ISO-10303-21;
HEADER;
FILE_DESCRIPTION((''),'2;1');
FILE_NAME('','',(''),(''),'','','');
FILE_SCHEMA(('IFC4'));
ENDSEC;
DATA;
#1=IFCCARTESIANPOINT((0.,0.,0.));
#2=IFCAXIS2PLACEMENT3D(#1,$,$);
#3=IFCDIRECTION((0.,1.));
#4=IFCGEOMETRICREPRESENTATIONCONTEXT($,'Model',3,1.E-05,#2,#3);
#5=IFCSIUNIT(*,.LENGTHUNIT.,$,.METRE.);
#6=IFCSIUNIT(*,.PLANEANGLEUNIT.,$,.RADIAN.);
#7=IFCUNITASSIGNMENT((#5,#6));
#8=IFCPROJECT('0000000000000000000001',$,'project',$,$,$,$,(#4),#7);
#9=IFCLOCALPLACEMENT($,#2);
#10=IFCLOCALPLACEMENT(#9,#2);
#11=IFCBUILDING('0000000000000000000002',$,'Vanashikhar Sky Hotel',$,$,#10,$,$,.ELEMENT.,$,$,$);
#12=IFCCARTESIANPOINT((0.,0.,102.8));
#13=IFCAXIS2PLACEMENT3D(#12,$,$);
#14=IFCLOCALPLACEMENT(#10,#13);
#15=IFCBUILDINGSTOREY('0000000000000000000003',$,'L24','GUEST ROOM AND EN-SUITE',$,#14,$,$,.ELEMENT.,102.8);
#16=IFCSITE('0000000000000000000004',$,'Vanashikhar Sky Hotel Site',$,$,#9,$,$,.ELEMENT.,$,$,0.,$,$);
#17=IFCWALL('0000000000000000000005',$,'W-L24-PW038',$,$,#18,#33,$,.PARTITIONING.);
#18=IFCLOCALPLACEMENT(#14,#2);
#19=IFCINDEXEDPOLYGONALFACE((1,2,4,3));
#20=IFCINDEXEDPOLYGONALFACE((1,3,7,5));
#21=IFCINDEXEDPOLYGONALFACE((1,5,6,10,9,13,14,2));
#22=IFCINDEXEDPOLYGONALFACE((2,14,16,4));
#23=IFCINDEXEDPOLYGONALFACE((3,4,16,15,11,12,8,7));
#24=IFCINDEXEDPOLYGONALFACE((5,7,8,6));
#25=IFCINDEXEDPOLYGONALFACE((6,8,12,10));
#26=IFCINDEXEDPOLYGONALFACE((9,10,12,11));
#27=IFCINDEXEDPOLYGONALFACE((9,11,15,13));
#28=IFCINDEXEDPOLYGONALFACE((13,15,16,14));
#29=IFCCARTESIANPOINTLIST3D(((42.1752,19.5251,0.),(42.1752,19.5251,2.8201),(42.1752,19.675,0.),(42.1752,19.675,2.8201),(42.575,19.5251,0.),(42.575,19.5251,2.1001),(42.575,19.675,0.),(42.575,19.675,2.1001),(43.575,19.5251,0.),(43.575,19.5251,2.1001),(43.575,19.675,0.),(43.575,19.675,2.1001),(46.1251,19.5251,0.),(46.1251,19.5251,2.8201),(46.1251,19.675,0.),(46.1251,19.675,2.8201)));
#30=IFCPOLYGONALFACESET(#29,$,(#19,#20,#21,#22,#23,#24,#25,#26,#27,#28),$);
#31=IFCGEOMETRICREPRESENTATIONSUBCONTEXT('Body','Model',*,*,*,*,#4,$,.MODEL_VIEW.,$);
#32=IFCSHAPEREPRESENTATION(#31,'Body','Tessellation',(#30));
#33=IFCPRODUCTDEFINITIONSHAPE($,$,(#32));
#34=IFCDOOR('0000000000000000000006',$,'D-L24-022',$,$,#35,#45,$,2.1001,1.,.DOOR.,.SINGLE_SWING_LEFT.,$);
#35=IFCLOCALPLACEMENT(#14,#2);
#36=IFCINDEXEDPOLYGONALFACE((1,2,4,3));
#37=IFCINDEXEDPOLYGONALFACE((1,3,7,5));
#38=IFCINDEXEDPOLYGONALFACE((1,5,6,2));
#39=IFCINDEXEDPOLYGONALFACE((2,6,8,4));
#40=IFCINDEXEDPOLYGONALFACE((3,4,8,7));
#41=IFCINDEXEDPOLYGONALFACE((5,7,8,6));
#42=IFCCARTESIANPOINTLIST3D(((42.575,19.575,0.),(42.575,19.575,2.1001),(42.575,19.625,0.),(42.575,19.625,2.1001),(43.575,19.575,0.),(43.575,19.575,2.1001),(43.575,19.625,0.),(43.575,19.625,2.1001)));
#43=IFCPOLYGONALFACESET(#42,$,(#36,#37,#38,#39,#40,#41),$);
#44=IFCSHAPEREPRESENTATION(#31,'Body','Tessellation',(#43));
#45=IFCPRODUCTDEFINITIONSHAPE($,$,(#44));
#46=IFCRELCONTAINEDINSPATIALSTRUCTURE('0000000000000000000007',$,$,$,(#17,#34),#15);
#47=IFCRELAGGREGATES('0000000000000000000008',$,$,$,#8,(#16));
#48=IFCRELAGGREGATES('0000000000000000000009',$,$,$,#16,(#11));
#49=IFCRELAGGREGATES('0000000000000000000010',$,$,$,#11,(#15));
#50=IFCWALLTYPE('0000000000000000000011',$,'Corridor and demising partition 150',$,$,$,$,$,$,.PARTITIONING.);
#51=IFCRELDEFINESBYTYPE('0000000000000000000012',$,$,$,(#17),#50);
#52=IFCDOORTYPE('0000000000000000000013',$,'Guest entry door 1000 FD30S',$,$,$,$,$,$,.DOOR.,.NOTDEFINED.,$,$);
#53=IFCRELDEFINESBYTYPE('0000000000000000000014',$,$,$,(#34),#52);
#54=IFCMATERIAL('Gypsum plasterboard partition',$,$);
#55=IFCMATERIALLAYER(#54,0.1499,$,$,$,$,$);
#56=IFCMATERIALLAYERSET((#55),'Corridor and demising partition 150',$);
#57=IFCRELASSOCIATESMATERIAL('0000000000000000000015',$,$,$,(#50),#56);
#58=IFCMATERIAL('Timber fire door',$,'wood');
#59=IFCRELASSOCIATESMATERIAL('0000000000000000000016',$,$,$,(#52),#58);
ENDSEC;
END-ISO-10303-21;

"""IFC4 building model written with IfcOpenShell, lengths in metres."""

from ifc_helpers import new_model, si_unit, direction, frame, frame_2d, origin, place, context, subcontext, project, spatial, rectangle, extrude, source, transform, mapped, material, layer, layer_set, type_object, element, fill, save


model = new_model("IFC4")

# Units and contexts
model_context = context("Model", 3, precision=1e-05, world=origin(), true_north=direction((0.0, 1.0)))
body_context = subcontext(model_context, "Body", "Model", "MODEL_VIEW")
ifc_project = project(units=[si_unit("LENGTHUNIT", "METRE"), si_unit("PLANEANGLEUNIT", "RADIAN")], contexts=[model_context])

# Site, building, storey
site_placement = place(None, origin())
site = spatial("IfcSite", under=ifc_project, at=site_placement, Name="Vanashikhar Sky Hotel Site", CompositionType="ELEMENT", RefElevation=0.0)
building_placement = place(site_placement, origin())
building = spatial("IfcBuilding", under=site, at=building_placement, Name="Vanashikhar Sky Hotel", CompositionType="ELEMENT")
storey_placement = place(building_placement, frame((0.0, 0.0, 102.8)))
storey = spatial("IfcBuildingStorey", under=building, at=storey_placement, Name="L24", Description="GUEST ROOM AND EN-SUITE", CompositionType="ELEMENT", Elevation=102.8)

# Wall, opening, door
ifc_material_1 = material(Name="Gypsum plasterboard partition")
ifc_layer_1 = layer(ifc_material_1, 0.1499)
ifc_layer_set_1 = layer_set([ifc_layer_1], Name="Corridor and demising partition 150")
wall_type_1 = type_object("IfcWallType", Name="Corridor and demising partition 150", PredefinedType="PARTITIONING", material=ifc_layer_set_1)
shared_shape_1 = source(origin(), body_context, "Body", "SweptSolid", [
    extrude(rectangle(XDim=1.0, YDim=2.1001, at=frame_2d((0.5, 1.05))), frame((0.0, 0.085, 0.0), z_axis=(0.0, -1.0, 0.0), x_axis=(1.0, 0.0, 0.0)), (0.0, 0.0, 1.0), 0.1699),
])
ifc_material_2 = material(Name="Timber fire door", Category="wood")
door_type_1 = type_object("IfcDoorType", Name="Guest entry door 1000 FD30S", OperationType="NOTDEFINED", PredefinedType="DOOR", material=ifc_material_2)
shared_shape_2 = source(origin(), body_context, "Body", "SweptSolid", [
    extrude(rectangle(XDim=1.0, YDim=2.1001, at=frame_2d((0.5, 1.05))), frame((0.0, 0.0249, 0.0), z_axis=(0.0, -1.0, 0.0), x_axis=(1.0, 0.0, 0.0)), (0.0, 0.0, 1.0), 0.05),
])
shared_shape_3 = source(origin(), body_context, "Body", "SweptSolid", [
    extrude(rectangle(XDim=3.95, YDim=0.1499, at=frame_2d((1.9751, 0.0))), origin(), (0.0, 0.0, 1.0), 2.8201),
])
wall_1_placement = place(storey_placement, frame((42.175, 19.6001, 0.0), z_axis=(0.0, 0.0, 1.0), x_axis=(1.0, 0.0, 0.0)))
wall_1 = element("IfcWall", 1, at=wall_1_placement, inside=storey, type_object=wall_type_1, Name="W-L24-PW038", PredefinedType="PARTITIONING", context=body_context, shape_type="MappedRepresentation", body=[
    mapped(shared_shape_3, transform((0.0, 0.0, 0.0), scale=1.0)),
])
opening_1_placement = place(wall_1_placement, frame((0.3999, 0.0, 0.0)))
opening_1 = element("IfcOpeningElement", 2, at=opening_1_placement, cuts=wall_1, PredefinedType="OPENING", context=body_context, shape_type="MappedRepresentation", body=[
    mapped(shared_shape_1, transform((0.0, 0.0, 0.0), scale=1.0)),
])
door_1_placement = place(opening_1_placement, origin())
door_1 = element("IfcDoor", 3, at=door_1_placement, inside=storey, type_object=door_type_1, Name="D-L24-022", OperationType="SINGLE_SWING_LEFT", OverallHeight=2.1001, OverallWidth=1.0, PredefinedType="DOOR", context=body_context, shape_type="MappedRepresentation", body=[
    mapped(shared_shape_2, transform((0.0, 0.0, 0.0), scale=1.0)),
])
fill(opening_1, door_1)

save(model, "model.ifc")
